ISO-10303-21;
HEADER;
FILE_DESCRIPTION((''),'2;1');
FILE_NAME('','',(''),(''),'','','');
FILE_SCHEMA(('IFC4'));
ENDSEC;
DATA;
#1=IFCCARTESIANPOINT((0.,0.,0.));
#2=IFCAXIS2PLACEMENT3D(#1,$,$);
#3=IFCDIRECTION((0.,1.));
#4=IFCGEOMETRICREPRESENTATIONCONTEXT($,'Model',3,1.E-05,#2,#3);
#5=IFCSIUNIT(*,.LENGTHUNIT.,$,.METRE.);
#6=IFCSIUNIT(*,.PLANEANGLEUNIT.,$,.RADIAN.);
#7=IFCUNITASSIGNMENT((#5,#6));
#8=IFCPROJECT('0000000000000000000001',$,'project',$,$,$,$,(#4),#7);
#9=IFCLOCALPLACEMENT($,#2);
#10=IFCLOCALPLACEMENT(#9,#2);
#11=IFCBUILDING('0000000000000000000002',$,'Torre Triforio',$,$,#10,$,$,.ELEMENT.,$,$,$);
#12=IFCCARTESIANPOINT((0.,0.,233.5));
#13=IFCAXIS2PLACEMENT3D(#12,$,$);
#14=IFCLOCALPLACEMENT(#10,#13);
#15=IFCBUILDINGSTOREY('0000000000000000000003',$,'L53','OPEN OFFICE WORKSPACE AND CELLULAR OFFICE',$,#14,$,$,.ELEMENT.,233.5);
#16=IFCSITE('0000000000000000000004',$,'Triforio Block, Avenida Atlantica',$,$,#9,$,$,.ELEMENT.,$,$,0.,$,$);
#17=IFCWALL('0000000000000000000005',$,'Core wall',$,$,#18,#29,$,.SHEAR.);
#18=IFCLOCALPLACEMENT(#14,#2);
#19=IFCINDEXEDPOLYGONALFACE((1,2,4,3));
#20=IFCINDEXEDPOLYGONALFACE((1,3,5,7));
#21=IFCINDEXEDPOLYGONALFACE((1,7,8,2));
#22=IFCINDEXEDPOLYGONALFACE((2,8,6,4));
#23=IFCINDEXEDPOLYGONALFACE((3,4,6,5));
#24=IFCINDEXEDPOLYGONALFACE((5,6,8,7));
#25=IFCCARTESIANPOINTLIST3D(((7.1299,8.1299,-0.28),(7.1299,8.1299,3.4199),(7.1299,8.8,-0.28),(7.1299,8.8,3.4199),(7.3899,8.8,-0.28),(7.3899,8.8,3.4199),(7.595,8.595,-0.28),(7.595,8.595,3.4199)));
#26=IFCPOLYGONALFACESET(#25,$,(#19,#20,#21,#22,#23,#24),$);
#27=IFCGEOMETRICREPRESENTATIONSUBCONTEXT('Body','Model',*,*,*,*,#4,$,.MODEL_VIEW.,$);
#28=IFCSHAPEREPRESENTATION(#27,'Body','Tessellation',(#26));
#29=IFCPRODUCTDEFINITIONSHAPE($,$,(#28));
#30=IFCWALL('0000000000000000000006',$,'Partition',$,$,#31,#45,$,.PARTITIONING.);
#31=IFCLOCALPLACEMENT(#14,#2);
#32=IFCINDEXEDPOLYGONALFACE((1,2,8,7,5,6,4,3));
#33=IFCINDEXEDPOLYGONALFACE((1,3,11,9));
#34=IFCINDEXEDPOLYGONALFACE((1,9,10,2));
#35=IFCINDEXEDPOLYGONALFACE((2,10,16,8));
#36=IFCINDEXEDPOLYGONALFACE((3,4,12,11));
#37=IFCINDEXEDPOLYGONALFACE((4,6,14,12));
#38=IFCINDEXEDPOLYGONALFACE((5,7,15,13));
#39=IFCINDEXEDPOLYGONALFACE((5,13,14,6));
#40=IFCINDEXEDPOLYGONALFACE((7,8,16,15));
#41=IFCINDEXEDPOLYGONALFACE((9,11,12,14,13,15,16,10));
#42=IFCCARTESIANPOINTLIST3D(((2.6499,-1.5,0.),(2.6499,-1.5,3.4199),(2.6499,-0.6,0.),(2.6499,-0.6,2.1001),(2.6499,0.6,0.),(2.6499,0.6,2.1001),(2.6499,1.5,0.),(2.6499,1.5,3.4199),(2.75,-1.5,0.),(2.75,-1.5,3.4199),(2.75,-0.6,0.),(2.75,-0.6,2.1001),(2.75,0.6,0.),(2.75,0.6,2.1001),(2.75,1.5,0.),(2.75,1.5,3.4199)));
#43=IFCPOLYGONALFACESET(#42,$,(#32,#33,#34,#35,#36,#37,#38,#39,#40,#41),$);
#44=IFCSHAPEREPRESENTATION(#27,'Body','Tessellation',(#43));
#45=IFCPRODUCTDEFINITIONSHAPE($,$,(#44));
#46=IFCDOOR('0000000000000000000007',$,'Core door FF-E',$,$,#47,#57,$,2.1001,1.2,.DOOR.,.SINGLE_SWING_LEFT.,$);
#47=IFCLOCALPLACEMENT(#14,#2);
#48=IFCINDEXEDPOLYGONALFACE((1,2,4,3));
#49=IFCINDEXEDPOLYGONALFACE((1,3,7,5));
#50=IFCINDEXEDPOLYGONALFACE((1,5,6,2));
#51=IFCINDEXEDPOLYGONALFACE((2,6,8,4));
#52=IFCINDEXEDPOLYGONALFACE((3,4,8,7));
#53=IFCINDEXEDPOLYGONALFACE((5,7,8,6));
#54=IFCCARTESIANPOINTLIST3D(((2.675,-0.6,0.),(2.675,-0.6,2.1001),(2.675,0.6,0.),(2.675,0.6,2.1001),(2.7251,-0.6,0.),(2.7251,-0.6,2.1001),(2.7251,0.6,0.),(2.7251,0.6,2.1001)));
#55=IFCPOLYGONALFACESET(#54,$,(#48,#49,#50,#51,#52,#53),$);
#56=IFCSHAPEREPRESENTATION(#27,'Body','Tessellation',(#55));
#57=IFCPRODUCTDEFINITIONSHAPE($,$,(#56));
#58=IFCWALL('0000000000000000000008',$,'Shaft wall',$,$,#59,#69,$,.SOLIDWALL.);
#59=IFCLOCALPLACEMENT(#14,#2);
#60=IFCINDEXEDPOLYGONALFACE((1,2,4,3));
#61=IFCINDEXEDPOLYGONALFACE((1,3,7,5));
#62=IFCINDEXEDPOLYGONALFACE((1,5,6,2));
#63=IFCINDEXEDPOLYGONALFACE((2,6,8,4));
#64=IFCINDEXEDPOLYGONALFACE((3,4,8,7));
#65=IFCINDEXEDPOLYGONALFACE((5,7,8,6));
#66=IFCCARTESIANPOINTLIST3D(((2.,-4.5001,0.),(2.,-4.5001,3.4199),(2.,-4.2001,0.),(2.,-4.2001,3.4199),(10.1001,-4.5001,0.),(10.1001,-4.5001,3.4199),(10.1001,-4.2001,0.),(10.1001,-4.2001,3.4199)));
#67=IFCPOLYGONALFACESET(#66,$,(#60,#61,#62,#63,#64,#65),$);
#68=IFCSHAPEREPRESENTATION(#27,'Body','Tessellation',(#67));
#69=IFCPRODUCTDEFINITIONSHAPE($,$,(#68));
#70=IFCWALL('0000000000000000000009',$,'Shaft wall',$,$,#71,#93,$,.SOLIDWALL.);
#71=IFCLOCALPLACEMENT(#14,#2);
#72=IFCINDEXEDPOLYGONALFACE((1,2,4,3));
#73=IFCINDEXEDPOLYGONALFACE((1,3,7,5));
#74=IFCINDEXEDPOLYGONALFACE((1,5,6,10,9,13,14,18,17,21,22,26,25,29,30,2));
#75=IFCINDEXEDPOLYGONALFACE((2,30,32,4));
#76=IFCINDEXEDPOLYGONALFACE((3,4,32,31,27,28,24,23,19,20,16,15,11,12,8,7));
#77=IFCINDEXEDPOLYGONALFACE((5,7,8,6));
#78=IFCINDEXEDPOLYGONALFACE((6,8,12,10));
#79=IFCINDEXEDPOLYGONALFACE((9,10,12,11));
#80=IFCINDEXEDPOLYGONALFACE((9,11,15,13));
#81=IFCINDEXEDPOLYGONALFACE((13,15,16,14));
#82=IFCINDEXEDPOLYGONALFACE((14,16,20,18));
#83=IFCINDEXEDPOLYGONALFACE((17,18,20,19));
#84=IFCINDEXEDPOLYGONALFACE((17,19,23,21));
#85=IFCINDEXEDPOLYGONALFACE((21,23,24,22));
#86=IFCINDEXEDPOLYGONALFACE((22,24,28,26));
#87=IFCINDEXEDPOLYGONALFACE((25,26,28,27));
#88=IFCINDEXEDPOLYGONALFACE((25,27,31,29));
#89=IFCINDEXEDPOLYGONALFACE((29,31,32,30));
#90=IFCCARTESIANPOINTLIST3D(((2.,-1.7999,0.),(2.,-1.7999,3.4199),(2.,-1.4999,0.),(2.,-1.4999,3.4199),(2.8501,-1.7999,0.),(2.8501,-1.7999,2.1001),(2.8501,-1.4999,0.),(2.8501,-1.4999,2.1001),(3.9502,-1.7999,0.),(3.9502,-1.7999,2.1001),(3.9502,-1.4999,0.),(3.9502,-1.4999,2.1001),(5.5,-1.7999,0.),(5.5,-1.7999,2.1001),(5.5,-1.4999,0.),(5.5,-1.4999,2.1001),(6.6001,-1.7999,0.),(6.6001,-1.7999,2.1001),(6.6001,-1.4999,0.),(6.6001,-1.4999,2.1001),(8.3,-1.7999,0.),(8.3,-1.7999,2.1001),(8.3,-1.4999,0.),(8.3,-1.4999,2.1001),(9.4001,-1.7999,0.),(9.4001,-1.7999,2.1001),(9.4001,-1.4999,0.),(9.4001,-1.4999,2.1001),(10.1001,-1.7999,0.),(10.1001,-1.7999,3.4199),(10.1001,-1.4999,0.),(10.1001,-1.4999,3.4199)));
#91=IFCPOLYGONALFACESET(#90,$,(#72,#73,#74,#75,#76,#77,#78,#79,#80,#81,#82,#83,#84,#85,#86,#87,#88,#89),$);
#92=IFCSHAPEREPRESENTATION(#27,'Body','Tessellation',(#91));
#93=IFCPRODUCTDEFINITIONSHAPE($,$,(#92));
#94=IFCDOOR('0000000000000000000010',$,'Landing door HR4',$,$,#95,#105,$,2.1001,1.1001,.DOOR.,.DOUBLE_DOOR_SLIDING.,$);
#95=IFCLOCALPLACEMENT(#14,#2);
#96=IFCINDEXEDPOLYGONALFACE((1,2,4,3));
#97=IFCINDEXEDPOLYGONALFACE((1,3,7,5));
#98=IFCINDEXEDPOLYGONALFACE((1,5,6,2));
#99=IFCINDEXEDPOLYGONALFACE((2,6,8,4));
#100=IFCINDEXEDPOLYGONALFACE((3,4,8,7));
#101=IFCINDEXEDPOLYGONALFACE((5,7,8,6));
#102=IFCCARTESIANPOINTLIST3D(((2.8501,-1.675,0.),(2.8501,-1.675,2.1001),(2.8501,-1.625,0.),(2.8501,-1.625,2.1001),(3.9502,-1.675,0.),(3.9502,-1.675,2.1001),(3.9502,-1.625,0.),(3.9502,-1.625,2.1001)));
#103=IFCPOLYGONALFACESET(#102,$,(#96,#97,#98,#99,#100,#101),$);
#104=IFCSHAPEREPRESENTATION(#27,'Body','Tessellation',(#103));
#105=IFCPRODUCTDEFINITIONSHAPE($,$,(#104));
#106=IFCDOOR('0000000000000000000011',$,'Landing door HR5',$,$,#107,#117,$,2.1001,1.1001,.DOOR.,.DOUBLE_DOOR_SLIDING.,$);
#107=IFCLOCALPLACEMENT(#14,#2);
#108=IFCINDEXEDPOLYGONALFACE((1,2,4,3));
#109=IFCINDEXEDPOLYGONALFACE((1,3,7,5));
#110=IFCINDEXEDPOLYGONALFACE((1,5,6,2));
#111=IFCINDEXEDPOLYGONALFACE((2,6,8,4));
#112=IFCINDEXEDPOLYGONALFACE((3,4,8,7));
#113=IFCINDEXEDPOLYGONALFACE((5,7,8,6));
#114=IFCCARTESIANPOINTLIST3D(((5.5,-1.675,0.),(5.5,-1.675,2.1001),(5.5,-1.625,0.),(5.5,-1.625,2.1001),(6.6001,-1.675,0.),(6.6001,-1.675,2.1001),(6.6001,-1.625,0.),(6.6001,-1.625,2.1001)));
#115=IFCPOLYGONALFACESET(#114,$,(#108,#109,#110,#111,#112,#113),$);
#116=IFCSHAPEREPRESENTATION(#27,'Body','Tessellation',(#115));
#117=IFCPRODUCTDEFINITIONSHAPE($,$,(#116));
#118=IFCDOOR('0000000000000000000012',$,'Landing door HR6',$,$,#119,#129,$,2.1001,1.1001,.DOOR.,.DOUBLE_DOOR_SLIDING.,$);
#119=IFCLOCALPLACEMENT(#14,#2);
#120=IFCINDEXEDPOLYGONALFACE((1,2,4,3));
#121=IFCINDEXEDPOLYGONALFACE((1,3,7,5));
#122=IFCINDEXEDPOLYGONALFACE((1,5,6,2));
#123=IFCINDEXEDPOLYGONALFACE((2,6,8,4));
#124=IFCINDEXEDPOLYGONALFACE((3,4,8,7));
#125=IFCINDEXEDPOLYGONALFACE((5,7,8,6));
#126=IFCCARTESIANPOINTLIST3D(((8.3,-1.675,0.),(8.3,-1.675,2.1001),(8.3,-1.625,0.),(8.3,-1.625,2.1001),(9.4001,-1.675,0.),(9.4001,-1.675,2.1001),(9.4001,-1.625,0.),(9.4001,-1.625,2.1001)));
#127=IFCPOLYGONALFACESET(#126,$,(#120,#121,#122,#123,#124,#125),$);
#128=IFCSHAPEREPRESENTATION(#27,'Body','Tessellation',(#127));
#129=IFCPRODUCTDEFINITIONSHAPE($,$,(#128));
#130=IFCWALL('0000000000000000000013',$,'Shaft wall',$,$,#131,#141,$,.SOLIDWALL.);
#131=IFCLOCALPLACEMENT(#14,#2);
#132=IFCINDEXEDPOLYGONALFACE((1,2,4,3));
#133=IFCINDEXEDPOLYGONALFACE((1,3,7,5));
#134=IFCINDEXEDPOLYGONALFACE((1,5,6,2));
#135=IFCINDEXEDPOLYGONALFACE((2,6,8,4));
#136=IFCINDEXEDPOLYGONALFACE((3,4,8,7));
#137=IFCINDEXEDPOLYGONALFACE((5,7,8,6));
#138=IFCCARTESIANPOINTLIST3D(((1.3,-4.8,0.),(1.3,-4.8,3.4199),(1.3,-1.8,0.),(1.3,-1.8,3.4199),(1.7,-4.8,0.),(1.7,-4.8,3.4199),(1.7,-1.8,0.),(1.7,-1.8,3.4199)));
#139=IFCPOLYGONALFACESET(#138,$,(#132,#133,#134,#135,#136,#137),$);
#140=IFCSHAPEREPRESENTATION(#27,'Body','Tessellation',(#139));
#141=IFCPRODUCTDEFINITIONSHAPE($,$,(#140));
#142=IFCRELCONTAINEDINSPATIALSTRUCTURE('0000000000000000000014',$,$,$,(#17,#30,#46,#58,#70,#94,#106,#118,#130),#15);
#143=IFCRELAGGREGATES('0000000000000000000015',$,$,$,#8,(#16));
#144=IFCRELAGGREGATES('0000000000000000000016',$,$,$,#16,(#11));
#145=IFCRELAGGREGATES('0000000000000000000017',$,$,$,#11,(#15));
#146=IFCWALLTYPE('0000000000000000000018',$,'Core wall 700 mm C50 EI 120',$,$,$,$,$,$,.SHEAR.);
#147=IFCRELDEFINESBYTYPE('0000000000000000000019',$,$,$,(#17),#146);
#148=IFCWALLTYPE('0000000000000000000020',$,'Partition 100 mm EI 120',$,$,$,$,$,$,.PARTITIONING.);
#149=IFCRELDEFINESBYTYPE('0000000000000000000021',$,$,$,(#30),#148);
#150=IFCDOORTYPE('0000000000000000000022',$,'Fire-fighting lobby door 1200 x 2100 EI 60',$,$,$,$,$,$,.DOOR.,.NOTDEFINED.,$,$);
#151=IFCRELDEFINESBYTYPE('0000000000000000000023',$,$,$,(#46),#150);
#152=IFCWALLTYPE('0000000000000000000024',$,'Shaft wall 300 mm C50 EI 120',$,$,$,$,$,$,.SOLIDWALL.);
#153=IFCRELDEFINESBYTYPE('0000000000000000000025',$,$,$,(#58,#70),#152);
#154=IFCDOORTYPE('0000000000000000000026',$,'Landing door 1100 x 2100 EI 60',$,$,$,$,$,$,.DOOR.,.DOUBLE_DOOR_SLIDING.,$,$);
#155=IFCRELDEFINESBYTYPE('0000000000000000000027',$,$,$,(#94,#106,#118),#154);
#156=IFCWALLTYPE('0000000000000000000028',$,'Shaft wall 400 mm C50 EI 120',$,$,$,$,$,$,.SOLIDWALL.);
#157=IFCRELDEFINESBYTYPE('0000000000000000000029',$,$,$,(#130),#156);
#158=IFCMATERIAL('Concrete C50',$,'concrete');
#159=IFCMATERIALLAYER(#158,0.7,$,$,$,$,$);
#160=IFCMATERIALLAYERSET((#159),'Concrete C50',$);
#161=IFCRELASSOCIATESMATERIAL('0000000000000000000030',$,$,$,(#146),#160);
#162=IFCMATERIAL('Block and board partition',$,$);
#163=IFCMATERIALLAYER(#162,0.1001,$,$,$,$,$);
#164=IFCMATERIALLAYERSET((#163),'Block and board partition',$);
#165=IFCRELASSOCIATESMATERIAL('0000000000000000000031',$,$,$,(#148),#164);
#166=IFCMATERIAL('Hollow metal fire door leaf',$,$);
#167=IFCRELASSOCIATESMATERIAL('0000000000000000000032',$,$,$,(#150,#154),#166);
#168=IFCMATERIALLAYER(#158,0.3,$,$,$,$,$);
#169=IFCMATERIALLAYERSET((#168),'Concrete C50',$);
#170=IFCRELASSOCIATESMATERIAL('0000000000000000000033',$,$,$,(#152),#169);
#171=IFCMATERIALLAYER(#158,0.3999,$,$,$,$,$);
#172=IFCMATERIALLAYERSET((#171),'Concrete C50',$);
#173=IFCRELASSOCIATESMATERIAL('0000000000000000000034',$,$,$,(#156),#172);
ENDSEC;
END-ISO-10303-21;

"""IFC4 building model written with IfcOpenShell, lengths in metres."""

from ifc_helpers import new_model, si_unit, direction, frame, frame_2d, origin, place, context, subcontext, project, spatial, polyline, rectangle, outline, extrude, material, layer, layer_set, type_object, element, fill, save


model = new_model("IFC4")

# Units and contexts
model_context = context("Model", 3, precision=1e-05, world=origin(), true_north=direction((0.0, 1.0)))
body_context = subcontext(model_context, "Body", "Model", "MODEL_VIEW")
ifc_project = project(units=[si_unit("LENGTHUNIT", "METRE"), si_unit("PLANEANGLEUNIT", "RADIAN")], contexts=[model_context])

# Site, building, storey
site_placement = place(None, origin())
site = spatial("IfcSite", under=ifc_project, at=site_placement, Name="Triforio Block, Avenida Atlantica", CompositionType="ELEMENT", RefElevation=0.0)
building_placement = place(site_placement, origin())
building = spatial("IfcBuilding", under=site, at=building_placement, Name="Torre Triforio", CompositionType="ELEMENT")
storey_placement = place(building_placement, frame((0.0, 0.0, 233.5)))
storey = spatial("IfcBuildingStorey", under=building, at=storey_placement, Name="L53", Description="OPEN OFFICE WORKSPACE AND CELLULAR OFFICE", CompositionType="ELEMENT", Elevation=233.5)

# Shared definitions
ifc_material_1 = material(Name="Concrete C50", Category="concrete")

# Wall
ifc_layer_1 = layer(ifc_material_1, 0.7)
ifc_layer_set_1 = layer_set([ifc_layer_1], Name="Concrete C50")
wall_type_1 = type_object("IfcWallType", Name="Core wall 700 mm C50 EI 120", PredefinedType="SHEAR", material=ifc_layer_set_1)
wall_1_placement = place(storey_placement, frame((0.0, 0.0, -0.28)))
element("IfcWall", 1, at=wall_1_placement, inside=storey, type_object=wall_type_1, Name="Core wall", PredefinedType="SHEAR", context=body_context, shape_type="SweptSolid", body=[
    extrude(outline(polyline([(7.3899, 8.8), (7.595, 8.595), (7.595, 8.595), (7.595, 8.595), (7.1299, 8.1299), (7.1299, 8.8), (7.1299, 8.8), (7.3899, 8.8)])), origin(), (0.0, 0.0, 1.0), 3.7),
])

# Wall, opening, door
ifc_material_2 = material(Name="Block and board partition")
ifc_layer_2 = layer(ifc_material_2, 0.1001)
ifc_layer_set_2 = layer_set([ifc_layer_2], Name="Block and board partition")
wall_type_2 = type_object("IfcWallType", Name="Partition 100 mm EI 120", PredefinedType="PARTITIONING", material=ifc_layer_set_2)
wall_2_placement = place(storey_placement, frame((2.7, -1.5, 0.0), z_axis=(0.0, 0.0, 1.0), x_axis=(0.0, 1.0, 0.0)))
wall_2 = element("IfcWall", 2, at=wall_2_placement, inside=storey, type_object=wall_type_2, Name="Partition", PredefinedType="PARTITIONING", context=body_context, shape_type="SweptSolid", body=[
    extrude(rectangle(XDim=3.0, YDim=0.1001, at=frame_2d((1.5, 0.0))), origin(), (0.0, 0.0, 1.0), 3.4199),
])
opening_1_placement = place(wall_2_placement, frame((0.8999, 0.0, 0.0)))
opening_1 = element("IfcOpeningElement", 3, at=opening_1_placement, cuts=wall_2, PredefinedType="OPENING", context=body_context, shape_type="SweptSolid", body=[
    extrude(rectangle(XDim=1.2, YDim=2.1001, at=frame_2d((0.6001, 1.05))), frame((0.0, 0.0601, 0.0), z_axis=(0.0, -1.0, 0.0), x_axis=(1.0, 0.0, 0.0)), (0.0, 0.0, 1.0), 0.1201),
])
ifc_material_3 = material(Name="Hollow metal fire door leaf")
door_type_1 = type_object("IfcDoorType", Name="Fire-fighting lobby door 1200 x 2100 EI 60", OperationType="NOTDEFINED", PredefinedType="DOOR", material=ifc_material_3)
door_1_placement = place(opening_1_placement, origin())
door_1 = element("IfcDoor", 4, at=door_1_placement, inside=storey, type_object=door_type_1, Name="Core door FF-E", OperationType="SINGLE_SWING_LEFT", OverallHeight=2.1001, OverallWidth=1.2, PredefinedType="DOOR", context=body_context, shape_type="SweptSolid", body=[
    extrude(rectangle(XDim=1.2, YDim=2.1001, at=frame_2d((0.6001, 1.05))), frame((0.0, 0.0249, 0.0), z_axis=(0.0, -1.0, 0.0), x_axis=(1.0, 0.0, 0.0)), (0.0, 0.0, 1.0), 0.05),
])
fill(opening_1, door_1)

# Wall
ifc_layer_3 = layer(ifc_material_1, 0.3)
ifc_layer_set_3 = layer_set([ifc_layer_3], Name="Concrete C50")
wall_type_3 = type_object("IfcWallType", Name="Shaft wall 300 mm C50 EI 120", PredefinedType="SOLIDWALL", material=ifc_layer_set_3)
wall_3_placement = place(storey_placement, frame((2.0, -4.3501, 0.0), z_axis=(0.0, 0.0, 1.0), x_axis=(1.0, 0.0, 0.0)))
element("IfcWall", 5, at=wall_3_placement, inside=storey, type_object=wall_type_3, Name="Shaft wall", PredefinedType="SOLIDWALL", context=body_context, shape_type="SweptSolid", body=[
    extrude(rectangle(XDim=8.1001, YDim=0.3, at=frame_2d((4.05, 0.0))), origin(), (0.0, 0.0, 1.0), 3.4199),
])

# Wall, openings, doors
wall_4_placement = place(storey_placement, frame((2.0, -1.6499, 0.0), z_axis=(0.0, 0.0, 1.0), x_axis=(1.0, 0.0, 0.0)))
wall_4 = element("IfcWall", 6, at=wall_4_placement, inside=storey, type_object=wall_type_3, Name="Shaft wall", PredefinedType="SOLIDWALL", context=body_context, shape_type="SweptSolid", body=[
    extrude(rectangle(XDim=8.1001, YDim=0.3, at=frame_2d((4.05, 0.0))), origin(), (0.0, 0.0, 1.0), 3.4199),
])
opening_2_placement = place(wall_4_placement, frame((0.8501, 0.0, 0.0)))
opening_2 = element("IfcOpeningElement", 7, at=opening_2_placement, cuts=wall_4, PredefinedType="OPENING", context=body_context, shape_type="SweptSolid", body=[
    extrude(rectangle(XDim=1.1001, YDim=2.1001, at=frame_2d((0.55, 1.05))), frame((0.0, 0.1599, 0.0), z_axis=(0.0, -1.0, 0.0), x_axis=(1.0, 0.0, 0.0)), (0.0, 0.0, 1.0), 0.3201),
])
opening_3_placement = place(wall_4_placement, frame((3.5, 0.0, 0.0)))
opening_3 = element("IfcOpeningElement", 8, at=opening_3_placement, cuts=wall_4, PredefinedType="OPENING", context=body_context, shape_type="SweptSolid", body=[
    extrude(rectangle(XDim=1.1001, YDim=2.1001, at=frame_2d((0.55, 1.05))), frame((0.0, 0.1599, 0.0), z_axis=(0.0, -1.0, 0.0), x_axis=(1.0, 0.0, 0.0)), (0.0, 0.0, 1.0), 0.3201),
])
opening_4_placement = place(wall_4_placement, frame((6.3, 0.0, 0.0)))
opening_4 = element("IfcOpeningElement", 9, at=opening_4_placement, cuts=wall_4, PredefinedType="OPENING", context=body_context, shape_type="SweptSolid", body=[
    extrude(rectangle(XDim=1.1001, YDim=2.1001, at=frame_2d((0.55, 1.05))), frame((0.0, 0.1599, 0.0), z_axis=(0.0, -1.0, 0.0), x_axis=(1.0, 0.0, 0.0)), (0.0, 0.0, 1.0), 0.3201),
])
door_type_2 = type_object("IfcDoorType", Name="Landing door 1100 x 2100 EI 60", OperationType="DOUBLE_DOOR_SLIDING", PredefinedType="DOOR", material=ifc_material_3)
door_2_placement = place(opening_2_placement, origin())
door_2 = element("IfcDoor", 10, at=door_2_placement, inside=storey, type_object=door_type_2, Name="Landing door HR4", OperationType="DOUBLE_DOOR_SLIDING", OverallHeight=2.1001, OverallWidth=1.1001, PredefinedType="DOOR", context=body_context, shape_type="SweptSolid", body=[
    extrude(rectangle(XDim=1.1001, YDim=2.1001, at=frame_2d((0.55, 1.05))), frame((0.0, 0.0249, 0.0), z_axis=(0.0, -1.0, 0.0), x_axis=(1.0, 0.0, 0.0)), (0.0, 0.0, 1.0), 0.05),
])
fill(opening_2, door_2)
door_3_placement = place(opening_3_placement, origin())
door_3 = element("IfcDoor", 11, at=door_3_placement, inside=storey, type_object=door_type_2, Name="Landing door HR5", OperationType="DOUBLE_DOOR_SLIDING", OverallHeight=2.1001, OverallWidth=1.1001, PredefinedType="DOOR", context=body_context, shape_type="SweptSolid", body=[
    extrude(rectangle(XDim=1.1001, YDim=2.1001, at=frame_2d((0.55, 1.05))), frame((0.0, 0.0249, 0.0), z_axis=(0.0, -1.0, 0.0), x_axis=(1.0, 0.0, 0.0)), (0.0, 0.0, 1.0), 0.05),
])
fill(opening_3, door_3)
door_4_placement = place(opening_4_placement, origin())
door_4 = element("IfcDoor", 12, at=door_4_placement, inside=storey, type_object=door_type_2, Name="Landing door HR6", OperationType="DOUBLE_DOOR_SLIDING", OverallHeight=2.1001, OverallWidth=1.1001, PredefinedType="DOOR", context=body_context, shape_type="SweptSolid", body=[
    extrude(rectangle(XDim=1.1001, YDim=2.1001, at=frame_2d((0.55, 1.05))), frame((0.0, 0.0249, 0.0), z_axis=(0.0, -1.0, 0.0), x_axis=(1.0, 0.0, 0.0)), (0.0, 0.0, 1.0), 0.05),
])
fill(opening_4, door_4)

# Wall
ifc_layer_4 = layer(ifc_material_1, 0.3999)
ifc_layer_set_4 = layer_set([ifc_layer_4], Name="Concrete C50")
wall_type_4 = type_object("IfcWallType", Name="Shaft wall 400 mm C50 EI 120", PredefinedType="SOLIDWALL", material=ifc_layer_set_4)
wall_5_placement = place(storey_placement, frame((1.5, -4.8, 0.0), z_axis=(0.0, 0.0, 1.0), x_axis=(0.0, 1.0, 0.0)))
element("IfcWall", 13, at=wall_5_placement, inside=storey, type_object=wall_type_4, Name="Shaft wall", PredefinedType="SOLIDWALL", context=body_context, shape_type="SweptSolid", body=[
    extrude(rectangle(XDim=3.0, YDim=0.3999, at=frame_2d((1.5, 0.0))), origin(), (0.0, 0.0, 1.0), 3.4199),
])

save(model, "model.ifc")
